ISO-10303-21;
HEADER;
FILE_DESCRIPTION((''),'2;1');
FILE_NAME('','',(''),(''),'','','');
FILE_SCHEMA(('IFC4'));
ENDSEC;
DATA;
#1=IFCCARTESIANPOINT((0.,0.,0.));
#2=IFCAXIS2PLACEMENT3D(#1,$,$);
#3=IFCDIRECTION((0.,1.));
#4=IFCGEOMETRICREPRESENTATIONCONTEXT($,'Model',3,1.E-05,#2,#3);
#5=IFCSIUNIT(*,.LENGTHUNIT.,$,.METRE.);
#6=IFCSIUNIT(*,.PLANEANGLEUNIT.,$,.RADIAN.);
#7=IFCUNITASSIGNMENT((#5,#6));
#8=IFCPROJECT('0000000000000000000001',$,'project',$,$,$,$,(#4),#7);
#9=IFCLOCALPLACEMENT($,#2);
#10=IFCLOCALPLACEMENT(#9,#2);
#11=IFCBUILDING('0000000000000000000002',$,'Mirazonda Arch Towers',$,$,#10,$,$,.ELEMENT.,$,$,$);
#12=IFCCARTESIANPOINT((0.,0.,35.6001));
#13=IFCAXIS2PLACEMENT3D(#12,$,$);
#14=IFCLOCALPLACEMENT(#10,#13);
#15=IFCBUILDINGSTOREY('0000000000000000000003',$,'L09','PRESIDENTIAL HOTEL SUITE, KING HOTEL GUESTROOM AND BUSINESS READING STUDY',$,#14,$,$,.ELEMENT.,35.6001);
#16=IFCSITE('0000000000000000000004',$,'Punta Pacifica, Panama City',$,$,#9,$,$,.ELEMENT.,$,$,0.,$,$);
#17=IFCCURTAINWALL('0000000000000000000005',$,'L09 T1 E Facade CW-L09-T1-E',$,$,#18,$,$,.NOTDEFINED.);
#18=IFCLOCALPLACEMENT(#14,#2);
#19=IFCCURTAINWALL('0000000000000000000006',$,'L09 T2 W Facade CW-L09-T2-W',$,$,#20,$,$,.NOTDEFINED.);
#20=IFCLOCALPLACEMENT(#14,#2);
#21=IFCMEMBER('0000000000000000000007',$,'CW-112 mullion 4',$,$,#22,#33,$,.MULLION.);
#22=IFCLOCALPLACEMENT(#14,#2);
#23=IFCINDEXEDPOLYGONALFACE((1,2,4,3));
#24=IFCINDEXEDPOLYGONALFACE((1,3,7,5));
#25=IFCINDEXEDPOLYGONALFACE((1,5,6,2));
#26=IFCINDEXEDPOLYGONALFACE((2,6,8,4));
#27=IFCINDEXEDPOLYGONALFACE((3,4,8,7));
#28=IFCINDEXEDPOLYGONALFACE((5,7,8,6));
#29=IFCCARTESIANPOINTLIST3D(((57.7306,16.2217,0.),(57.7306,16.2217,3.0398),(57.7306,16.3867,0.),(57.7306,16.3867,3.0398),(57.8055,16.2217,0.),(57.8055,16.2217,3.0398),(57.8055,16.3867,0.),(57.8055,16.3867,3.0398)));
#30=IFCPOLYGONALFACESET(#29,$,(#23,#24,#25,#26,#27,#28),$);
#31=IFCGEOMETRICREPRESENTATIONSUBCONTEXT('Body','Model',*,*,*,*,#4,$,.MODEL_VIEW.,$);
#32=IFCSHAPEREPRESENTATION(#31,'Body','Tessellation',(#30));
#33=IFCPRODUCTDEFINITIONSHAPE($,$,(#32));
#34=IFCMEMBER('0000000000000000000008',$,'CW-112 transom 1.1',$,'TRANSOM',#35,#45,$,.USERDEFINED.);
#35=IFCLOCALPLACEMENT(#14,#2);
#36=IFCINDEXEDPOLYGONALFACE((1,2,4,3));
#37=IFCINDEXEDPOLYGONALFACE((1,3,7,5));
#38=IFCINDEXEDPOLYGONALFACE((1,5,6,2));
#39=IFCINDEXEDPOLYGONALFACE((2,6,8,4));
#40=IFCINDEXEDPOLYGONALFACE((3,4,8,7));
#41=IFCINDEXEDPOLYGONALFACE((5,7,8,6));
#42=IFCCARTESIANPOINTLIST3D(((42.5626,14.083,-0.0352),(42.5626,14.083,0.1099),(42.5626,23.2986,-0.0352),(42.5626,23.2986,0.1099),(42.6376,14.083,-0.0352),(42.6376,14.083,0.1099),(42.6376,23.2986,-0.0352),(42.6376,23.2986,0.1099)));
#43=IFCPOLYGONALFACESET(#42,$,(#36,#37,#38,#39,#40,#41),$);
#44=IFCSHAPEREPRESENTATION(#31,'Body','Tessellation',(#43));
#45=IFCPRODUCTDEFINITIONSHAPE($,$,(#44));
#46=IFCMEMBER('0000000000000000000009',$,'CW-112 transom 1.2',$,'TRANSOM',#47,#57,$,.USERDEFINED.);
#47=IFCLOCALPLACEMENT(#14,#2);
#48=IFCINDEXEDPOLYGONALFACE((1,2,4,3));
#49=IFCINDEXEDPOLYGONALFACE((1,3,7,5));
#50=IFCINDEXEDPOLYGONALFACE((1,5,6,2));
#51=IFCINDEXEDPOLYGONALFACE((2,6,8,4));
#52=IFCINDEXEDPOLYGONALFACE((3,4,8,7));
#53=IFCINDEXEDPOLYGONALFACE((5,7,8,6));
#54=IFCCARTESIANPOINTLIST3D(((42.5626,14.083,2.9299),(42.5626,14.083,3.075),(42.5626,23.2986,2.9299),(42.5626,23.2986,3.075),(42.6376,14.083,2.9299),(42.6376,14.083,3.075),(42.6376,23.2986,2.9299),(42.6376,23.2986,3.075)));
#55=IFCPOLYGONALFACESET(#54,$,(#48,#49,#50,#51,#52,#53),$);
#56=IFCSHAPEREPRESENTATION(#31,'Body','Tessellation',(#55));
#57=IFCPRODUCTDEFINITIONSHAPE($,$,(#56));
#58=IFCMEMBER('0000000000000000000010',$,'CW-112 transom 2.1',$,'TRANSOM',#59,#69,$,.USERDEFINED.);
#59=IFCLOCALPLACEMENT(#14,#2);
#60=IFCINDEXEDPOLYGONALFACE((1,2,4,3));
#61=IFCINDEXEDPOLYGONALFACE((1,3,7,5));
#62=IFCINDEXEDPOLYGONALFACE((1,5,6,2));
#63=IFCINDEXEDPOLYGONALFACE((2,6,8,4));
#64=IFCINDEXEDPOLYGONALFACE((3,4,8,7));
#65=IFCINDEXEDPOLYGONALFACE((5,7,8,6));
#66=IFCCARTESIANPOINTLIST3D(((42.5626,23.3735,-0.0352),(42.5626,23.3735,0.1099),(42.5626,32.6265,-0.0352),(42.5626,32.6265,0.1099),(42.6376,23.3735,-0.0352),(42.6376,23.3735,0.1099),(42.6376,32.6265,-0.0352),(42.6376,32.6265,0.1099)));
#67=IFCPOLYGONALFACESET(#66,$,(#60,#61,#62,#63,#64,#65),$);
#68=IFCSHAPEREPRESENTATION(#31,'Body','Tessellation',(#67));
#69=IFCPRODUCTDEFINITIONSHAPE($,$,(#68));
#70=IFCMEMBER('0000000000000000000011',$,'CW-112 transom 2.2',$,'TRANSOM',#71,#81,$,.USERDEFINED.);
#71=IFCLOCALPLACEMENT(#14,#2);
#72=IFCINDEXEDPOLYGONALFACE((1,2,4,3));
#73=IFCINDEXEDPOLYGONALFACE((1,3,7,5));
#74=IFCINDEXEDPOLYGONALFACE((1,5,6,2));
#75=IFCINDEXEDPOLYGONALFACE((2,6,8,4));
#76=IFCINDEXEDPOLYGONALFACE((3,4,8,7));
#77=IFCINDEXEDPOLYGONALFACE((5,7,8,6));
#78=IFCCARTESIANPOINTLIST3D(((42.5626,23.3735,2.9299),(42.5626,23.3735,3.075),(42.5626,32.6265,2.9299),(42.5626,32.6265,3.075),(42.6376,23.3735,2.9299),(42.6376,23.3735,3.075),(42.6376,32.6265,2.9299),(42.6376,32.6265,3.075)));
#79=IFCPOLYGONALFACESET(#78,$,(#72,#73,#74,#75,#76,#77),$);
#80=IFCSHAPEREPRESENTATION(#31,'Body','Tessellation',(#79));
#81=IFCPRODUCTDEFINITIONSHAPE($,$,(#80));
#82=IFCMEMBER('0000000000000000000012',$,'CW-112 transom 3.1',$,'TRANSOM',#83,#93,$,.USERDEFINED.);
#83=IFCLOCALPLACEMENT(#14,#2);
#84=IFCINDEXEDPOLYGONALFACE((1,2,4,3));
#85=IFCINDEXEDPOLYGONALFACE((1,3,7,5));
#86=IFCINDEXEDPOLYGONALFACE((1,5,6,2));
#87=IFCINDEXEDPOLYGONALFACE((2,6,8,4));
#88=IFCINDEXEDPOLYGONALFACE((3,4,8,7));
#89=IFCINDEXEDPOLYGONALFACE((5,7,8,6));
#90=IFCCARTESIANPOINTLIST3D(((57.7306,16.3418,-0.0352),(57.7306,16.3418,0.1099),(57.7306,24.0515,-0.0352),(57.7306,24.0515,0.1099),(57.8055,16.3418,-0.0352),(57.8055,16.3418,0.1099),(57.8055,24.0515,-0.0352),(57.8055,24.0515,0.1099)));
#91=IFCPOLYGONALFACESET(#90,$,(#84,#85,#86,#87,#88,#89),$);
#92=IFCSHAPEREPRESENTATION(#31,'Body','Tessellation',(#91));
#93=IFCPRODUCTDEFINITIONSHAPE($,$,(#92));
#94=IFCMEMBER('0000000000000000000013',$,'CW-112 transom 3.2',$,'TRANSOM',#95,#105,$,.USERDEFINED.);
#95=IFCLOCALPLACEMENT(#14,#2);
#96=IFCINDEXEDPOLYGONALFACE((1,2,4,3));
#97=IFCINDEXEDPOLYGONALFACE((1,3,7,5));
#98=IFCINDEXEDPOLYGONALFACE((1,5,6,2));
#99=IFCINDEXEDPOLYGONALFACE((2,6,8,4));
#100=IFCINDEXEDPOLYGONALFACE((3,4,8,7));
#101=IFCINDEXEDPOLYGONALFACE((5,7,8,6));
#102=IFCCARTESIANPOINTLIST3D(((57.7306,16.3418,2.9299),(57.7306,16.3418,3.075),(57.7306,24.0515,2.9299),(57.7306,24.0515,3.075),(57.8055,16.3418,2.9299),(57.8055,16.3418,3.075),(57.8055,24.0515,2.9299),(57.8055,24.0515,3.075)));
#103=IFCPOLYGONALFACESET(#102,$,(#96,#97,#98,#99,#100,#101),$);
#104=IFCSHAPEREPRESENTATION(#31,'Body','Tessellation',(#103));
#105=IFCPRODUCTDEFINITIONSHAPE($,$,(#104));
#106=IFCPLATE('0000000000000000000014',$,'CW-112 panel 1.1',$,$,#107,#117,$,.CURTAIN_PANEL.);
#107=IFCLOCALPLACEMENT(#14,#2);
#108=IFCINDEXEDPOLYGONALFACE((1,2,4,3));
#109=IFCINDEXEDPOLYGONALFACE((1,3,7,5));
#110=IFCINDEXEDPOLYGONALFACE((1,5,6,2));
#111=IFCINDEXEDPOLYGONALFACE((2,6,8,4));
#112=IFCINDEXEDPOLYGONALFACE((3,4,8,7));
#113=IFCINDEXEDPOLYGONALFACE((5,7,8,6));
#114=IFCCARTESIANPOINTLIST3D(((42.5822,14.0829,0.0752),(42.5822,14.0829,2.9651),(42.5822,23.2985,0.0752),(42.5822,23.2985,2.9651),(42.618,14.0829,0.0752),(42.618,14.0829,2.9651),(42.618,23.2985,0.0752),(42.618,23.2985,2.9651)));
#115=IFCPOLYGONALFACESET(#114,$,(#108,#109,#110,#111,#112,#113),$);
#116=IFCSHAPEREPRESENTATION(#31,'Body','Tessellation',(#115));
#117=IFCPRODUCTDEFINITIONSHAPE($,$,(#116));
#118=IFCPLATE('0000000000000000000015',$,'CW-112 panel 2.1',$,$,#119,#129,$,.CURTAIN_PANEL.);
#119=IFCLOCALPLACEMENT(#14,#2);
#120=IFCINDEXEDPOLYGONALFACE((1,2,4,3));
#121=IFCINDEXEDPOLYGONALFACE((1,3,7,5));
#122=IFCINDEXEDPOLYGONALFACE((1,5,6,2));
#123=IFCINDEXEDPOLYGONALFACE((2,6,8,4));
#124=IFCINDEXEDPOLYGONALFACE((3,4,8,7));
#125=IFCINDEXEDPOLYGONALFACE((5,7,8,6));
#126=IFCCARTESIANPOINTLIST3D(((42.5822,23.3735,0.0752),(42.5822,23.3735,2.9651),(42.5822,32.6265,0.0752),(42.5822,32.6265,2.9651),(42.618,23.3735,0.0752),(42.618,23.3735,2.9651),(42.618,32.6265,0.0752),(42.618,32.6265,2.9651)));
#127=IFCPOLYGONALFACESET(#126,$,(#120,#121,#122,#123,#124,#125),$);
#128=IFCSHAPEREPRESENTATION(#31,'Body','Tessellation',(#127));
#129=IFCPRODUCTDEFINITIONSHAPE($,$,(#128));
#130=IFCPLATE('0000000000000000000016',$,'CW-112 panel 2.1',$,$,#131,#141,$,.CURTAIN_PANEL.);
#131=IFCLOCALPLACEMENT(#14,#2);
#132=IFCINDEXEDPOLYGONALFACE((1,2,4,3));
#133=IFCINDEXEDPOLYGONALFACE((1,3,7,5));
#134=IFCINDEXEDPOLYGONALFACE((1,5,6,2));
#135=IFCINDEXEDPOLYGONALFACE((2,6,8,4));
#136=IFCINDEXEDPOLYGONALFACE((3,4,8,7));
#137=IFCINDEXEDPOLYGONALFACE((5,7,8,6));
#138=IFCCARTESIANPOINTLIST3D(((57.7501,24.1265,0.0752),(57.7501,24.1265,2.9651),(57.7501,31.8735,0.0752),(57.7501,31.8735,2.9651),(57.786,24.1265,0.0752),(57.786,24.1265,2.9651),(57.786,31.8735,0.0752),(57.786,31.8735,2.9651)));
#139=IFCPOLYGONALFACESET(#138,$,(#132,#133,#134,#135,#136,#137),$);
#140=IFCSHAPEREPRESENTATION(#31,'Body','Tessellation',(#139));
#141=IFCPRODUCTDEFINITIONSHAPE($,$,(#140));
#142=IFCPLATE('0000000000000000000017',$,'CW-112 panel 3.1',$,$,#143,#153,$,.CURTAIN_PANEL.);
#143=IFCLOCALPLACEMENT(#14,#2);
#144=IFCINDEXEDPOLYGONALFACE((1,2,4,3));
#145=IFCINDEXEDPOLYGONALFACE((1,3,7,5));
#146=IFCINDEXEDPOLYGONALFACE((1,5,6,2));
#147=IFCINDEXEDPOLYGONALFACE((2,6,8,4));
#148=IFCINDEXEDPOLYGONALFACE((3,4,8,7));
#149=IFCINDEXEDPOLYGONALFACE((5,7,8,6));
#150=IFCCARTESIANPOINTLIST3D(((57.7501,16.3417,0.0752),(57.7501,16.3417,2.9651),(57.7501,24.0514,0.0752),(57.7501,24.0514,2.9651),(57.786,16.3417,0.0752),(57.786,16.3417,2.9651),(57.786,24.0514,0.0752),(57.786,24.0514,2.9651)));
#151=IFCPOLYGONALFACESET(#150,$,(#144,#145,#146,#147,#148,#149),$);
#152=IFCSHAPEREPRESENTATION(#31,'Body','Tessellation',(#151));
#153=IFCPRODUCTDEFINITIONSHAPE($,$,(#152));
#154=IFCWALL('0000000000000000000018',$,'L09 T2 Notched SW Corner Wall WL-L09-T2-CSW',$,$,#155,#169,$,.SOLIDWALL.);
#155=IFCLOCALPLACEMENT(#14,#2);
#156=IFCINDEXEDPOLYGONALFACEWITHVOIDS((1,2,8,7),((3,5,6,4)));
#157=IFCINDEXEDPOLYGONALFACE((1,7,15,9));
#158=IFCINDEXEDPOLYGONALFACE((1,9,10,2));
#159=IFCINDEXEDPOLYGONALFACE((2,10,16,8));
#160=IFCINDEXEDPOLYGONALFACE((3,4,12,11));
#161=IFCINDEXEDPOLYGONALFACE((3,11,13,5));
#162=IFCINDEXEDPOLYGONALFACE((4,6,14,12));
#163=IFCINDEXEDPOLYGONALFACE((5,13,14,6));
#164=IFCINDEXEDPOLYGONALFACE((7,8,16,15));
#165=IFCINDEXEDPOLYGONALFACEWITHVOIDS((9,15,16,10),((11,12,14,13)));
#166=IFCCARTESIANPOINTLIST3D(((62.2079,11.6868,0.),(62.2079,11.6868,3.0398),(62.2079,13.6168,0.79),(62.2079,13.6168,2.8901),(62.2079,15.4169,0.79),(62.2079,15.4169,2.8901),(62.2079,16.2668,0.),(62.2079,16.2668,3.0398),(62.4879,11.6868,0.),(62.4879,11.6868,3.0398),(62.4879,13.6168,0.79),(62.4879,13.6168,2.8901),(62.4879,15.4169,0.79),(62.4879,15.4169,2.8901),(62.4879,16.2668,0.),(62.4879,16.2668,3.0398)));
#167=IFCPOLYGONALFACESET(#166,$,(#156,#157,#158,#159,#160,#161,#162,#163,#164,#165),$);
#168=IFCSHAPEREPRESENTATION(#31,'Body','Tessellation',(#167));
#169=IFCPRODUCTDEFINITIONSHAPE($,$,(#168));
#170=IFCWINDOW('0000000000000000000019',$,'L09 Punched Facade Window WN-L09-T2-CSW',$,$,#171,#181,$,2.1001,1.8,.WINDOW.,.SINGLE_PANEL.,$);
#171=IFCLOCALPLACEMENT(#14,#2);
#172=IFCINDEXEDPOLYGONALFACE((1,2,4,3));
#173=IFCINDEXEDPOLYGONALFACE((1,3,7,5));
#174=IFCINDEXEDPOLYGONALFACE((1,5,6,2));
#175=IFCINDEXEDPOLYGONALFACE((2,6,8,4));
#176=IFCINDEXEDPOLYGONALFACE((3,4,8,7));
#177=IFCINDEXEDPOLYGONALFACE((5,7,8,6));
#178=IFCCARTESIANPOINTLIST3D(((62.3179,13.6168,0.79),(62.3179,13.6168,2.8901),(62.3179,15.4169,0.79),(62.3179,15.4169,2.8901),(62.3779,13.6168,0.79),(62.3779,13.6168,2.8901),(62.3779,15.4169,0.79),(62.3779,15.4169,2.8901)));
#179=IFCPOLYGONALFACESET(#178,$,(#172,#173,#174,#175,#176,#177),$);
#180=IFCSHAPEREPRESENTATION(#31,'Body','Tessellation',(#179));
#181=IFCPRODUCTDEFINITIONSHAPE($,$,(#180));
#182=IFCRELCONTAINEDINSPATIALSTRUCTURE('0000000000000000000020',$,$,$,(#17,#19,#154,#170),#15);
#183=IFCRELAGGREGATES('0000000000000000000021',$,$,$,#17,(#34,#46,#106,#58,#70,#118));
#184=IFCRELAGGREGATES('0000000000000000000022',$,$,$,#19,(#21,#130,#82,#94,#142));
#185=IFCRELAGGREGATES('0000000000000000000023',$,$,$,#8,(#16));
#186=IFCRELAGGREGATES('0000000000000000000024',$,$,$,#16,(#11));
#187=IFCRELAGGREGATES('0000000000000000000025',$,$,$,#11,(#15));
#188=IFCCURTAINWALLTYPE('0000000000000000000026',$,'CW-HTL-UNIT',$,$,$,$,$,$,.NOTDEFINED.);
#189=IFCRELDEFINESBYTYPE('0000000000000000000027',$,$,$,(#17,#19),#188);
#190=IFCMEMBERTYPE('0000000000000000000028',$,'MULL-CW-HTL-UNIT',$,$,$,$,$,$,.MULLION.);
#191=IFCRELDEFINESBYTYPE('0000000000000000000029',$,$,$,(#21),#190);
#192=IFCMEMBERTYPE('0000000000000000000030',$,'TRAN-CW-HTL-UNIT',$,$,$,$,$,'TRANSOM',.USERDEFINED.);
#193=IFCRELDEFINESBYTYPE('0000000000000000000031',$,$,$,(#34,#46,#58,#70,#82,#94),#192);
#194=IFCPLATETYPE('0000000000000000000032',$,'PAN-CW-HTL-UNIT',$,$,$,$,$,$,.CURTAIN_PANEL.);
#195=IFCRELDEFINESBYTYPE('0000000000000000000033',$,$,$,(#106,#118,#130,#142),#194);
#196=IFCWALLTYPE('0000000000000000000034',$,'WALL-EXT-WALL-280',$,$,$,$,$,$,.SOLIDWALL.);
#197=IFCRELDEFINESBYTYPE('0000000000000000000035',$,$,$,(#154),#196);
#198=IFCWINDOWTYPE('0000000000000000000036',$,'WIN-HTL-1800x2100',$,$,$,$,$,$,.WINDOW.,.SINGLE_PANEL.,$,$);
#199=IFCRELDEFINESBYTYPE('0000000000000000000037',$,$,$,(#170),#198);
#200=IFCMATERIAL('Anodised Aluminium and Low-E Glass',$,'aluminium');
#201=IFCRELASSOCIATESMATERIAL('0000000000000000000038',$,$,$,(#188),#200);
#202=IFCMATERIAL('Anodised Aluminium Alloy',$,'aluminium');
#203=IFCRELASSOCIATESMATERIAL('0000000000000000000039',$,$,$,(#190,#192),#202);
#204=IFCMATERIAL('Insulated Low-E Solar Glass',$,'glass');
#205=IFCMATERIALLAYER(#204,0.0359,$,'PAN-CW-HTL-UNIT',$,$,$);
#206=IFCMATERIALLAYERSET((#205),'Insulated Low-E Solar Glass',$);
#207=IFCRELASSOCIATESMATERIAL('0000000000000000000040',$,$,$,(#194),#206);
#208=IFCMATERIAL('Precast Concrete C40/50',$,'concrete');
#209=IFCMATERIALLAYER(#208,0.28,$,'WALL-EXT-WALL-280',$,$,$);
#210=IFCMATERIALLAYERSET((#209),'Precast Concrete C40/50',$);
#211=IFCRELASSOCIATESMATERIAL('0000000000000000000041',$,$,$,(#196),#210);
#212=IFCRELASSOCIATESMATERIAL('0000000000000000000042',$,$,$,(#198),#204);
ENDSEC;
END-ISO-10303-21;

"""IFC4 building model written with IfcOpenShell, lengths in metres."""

from ifc_helpers import new_model, si_unit, direction, frame, frame_2d, origin, origin_2d, place, context, subcontext, project, spatial, rectangle, extrude, material, layer, layer_set, material_profile, profile_set, type_object, element, fill, aggregate, save


model = new_model("IFC4")

# Units and contexts
model_context = context("Model", 3, precision=1e-05, world=origin(), true_north=direction((0.0, 1.0)))
body_context = subcontext(model_context, "Body", "Model", "MODEL_VIEW")
ifc_project = project(units=[si_unit("LENGTHUNIT", "METRE"), si_unit("PLANEANGLEUNIT", "RADIAN")], contexts=[model_context])

# Site, building, storey
site_placement = place(None, origin())
site = spatial("IfcSite", under=ifc_project, at=site_placement, Name="Punta Pacifica, Panama City", CompositionType="ELEMENT", RefElevation=0.0)
building_placement = place(site_placement, origin())
building = spatial("IfcBuilding", under=site, at=building_placement, Name="Mirazonda Arch Towers", CompositionType="ELEMENT")
storey_placement = place(building_placement, frame((0.0, 0.0, 35.6001)))
storey = spatial("IfcBuildingStorey", under=building, at=storey_placement, Name="L09", Description="PRESIDENTIAL HOTEL SUITE, KING HOTEL GUESTROOM AND BUSINESS READING STUDY", CompositionType="ELEMENT", Elevation=35.6001)

# Curtain wall
ifc_material_1 = material(Name="Anodised Aluminium and Low-E Glass", Category="aluminium")
curtain_wall_type = type_object("IfcCurtainWallType", Name="CW-HTL-UNIT", PredefinedType="NOTDEFINED", material=ifc_material_1)
curtain_wall_1_placement = place(storey_placement, origin())
curtain_wall_1 = element("IfcCurtainWall", 1, at=curtain_wall_1_placement, inside=storey, type_object=curtain_wall_type, Name="L09 T1 E Facade CW-L09-T1-E", PredefinedType="NOTDEFINED")
ifc_material_2 = material(Name="Anodised Aluminium Alloy", Category="aluminium")
ifc_material_profile_1 = material_profile(ifc_material_2, rectangle(XDim=0.075, YDim=0.165, at=origin_2d()), Name="ALU-MULL-75x165")
ifc_profile_set_1 = profile_set([ifc_material_profile_1], Name="Anodised Aluminium Alloy")
member_type_1 = type_object("IfcMemberType", Name="MULL-CW-HTL-UNIT", PredefinedType="MULLION", material=ifc_profile_set_1)

# Curtain wall, member
curtain_wall_2_placement = place(storey_placement, origin())
curtain_wall_2 = element("IfcCurtainWall", 2, at=curtain_wall_2_placement, inside=storey, type_object=curtain_wall_type, Name="L09 T2 W Facade CW-L09-T2-W", PredefinedType="NOTDEFINED")
member_1_placement = place(storey_placement, frame((57.7681, 16.3042, 0.0), z_axis=(0.0, 0.0, 1.0), x_axis=(1.0, 0.0, 0.0)))
member_1 = element("IfcMember", 3, at=member_1_placement, type_object=member_type_1, Name="CW-112 mullion 4", PredefinedType="MULLION", context=body_context, shape_type="SweptSolid", body=[
    extrude(rectangle(XDim=0.075, YDim=0.165, at=origin_2d()), origin(), (0.0, 0.0, 1.0), 3.0398),
])

# Members
ifc_material_profile_2 = material_profile(ifc_material_2, rectangle(XDim=0.075, YDim=0.145, at=origin_2d()), Name="ALU-TRAN-75x145")
ifc_profile_set_2 = profile_set([ifc_material_profile_2], Name="Anodised Aluminium Alloy")
member_type_2 = type_object("IfcMemberType", Name="TRAN-CW-HTL-UNIT", ElementType="TRANSOM", PredefinedType="USERDEFINED", material=ifc_profile_set_2)
member_2_placement = place(storey_placement, frame((42.6001, 14.083, 0.0374), z_axis=(0.0, 1.0, 0.0), x_axis=(-1.0, 0.0, 0.0)))
member_2 = element("IfcMember", 4, at=member_2_placement, type_object=member_type_2, Name="CW-112 transom 1.1", ObjectType="TRANSOM", PredefinedType="USERDEFINED", context=body_context, shape_type="SweptSolid", body=[
    extrude(rectangle(XDim=0.075, YDim=0.145, at=origin_2d()), origin(), (0.0, 0.0, 1.0), 9.2156),
])
member_3_placement = place(storey_placement, frame((42.6001, 14.083, 3.0024), z_axis=(0.0, 1.0, 0.0), x_axis=(-1.0, 0.0, 0.0)))
member_3 = element("IfcMember", 5, at=member_3_placement, type_object=member_type_2, Name="CW-112 transom 1.2", ObjectType="TRANSOM", PredefinedType="USERDEFINED", context=body_context, shape_type="SweptSolid", body=[
    extrude(rectangle(XDim=0.075, YDim=0.145, at=origin_2d()), origin(), (0.0, 0.0, 1.0), 9.2156),
])
member_4_placement = place(storey_placement, frame((42.6001, 23.3735, 0.0374), z_axis=(0.0, 1.0, 0.0), x_axis=(-1.0, 0.0, 0.0)))
member_4 = element("IfcMember", 6, at=member_4_placement, type_object=member_type_2, Name="CW-112 transom 2.1", ObjectType="TRANSOM", PredefinedType="USERDEFINED", context=body_context, shape_type="SweptSolid", body=[
    extrude(rectangle(XDim=0.075, YDim=0.145, at=origin_2d()), origin(), (0.0, 0.0, 1.0), 9.2529),
])
member_5_placement = place(storey_placement, frame((42.6001, 23.3735, 3.0024), z_axis=(0.0, 1.0, 0.0), x_axis=(-1.0, 0.0, 0.0)))
member_5 = element("IfcMember", 7, at=member_5_placement, type_object=member_type_2, Name="CW-112 transom 2.2", ObjectType="TRANSOM", PredefinedType="USERDEFINED", context=body_context, shape_type="SweptSolid", body=[
    extrude(rectangle(XDim=0.075, YDim=0.145, at=origin_2d()), origin(), (0.0, 0.0, 1.0), 9.2529),
])
member_6_placement = place(storey_placement, frame((57.7681, 24.0515, 0.0374), z_axis=(0.0, -1.0, 0.0), x_axis=(1.0, 0.0, 0.0)))
member_6 = element("IfcMember", 8, at=member_6_placement, type_object=member_type_2, Name="CW-112 transom 3.1", ObjectType="TRANSOM", PredefinedType="USERDEFINED", context=body_context, shape_type="SweptSolid", body=[
    extrude(rectangle(XDim=0.075, YDim=0.145, at=origin_2d()), origin(), (0.0, 0.0, 1.0), 7.7097),
])
member_7_placement = place(storey_placement, frame((57.7681, 24.0515, 3.0024), z_axis=(0.0, -1.0, 0.0), x_axis=(1.0, 0.0, 0.0)))
member_7 = element("IfcMember", 9, at=member_7_placement, type_object=member_type_2, Name="CW-112 transom 3.2", ObjectType="TRANSOM", PredefinedType="USERDEFINED", context=body_context, shape_type="SweptSolid", body=[
    extrude(rectangle(XDim=0.075, YDim=0.145, at=origin_2d()), origin(), (0.0, 0.0, 1.0), 7.7097),
])

# Plates
ifc_material_3 = material(Name="Insulated Low-E Solar Glass", Category="glass")
ifc_layer_1 = layer(ifc_material_3, 0.0359, Name="PAN-CW-HTL-UNIT")
ifc_layer_set_1 = layer_set([ifc_layer_1], Name="Insulated Low-E Solar Glass")
plate_type = type_object("IfcPlateType", Name="PAN-CW-HTL-UNIT", PredefinedType="CURTAIN_PANEL", material=ifc_layer_set_1)
plate_1_placement = place(storey_placement, frame((42.6001, 18.6907, 0.0752), z_axis=(0.0, 0.0, 1.0), x_axis=(0.0, 1.0, 0.0)))
plate_1 = element("IfcPlate", 10, at=plate_1_placement, type_object=plate_type, Name="CW-112 panel 1.1", PredefinedType="CURTAIN_PANEL", context=body_context, shape_type="SweptSolid", body=[
    extrude(rectangle(XDim=9.2156, YDim=0.0359, at=origin_2d()), origin(), (0.0, 0.0, 1.0), 2.8899),
])
plate_2_placement = place(storey_placement, frame((42.6001, 28.0, 0.0752), z_axis=(0.0, 0.0, 1.0), x_axis=(0.0, 1.0, 0.0)))
plate_2 = element("IfcPlate", 11, at=plate_2_placement, type_object=plate_type, Name="CW-112 panel 2.1", PredefinedType="CURTAIN_PANEL", context=body_context, shape_type="SweptSolid", body=[
    extrude(rectangle(XDim=9.2529, YDim=0.0359, at=origin_2d()), origin(), (0.0, 0.0, 1.0), 2.8899),
])
aggregate(curtain_wall_1, [member_2, member_3, plate_1, member_4, member_5, plate_2])
plate_3_placement = place(storey_placement, frame((57.7681, 28.0, 0.0752), z_axis=(0.0, 0.0, 1.0), x_axis=(0.0, -1.0, 0.0)))
plate_3 = element("IfcPlate", 12, at=plate_3_placement, type_object=plate_type, Name="CW-112 panel 2.1", PredefinedType="CURTAIN_PANEL", context=body_context, shape_type="SweptSolid", body=[
    extrude(rectangle(XDim=7.7471, YDim=0.0359, at=origin_2d()), origin(), (0.0, 0.0, 1.0), 2.8899),
])
plate_4_placement = place(storey_placement, frame((57.7681, 20.1965, 0.0752), z_axis=(0.0, 0.0, 1.0), x_axis=(0.0, -1.0, 0.0)))
plate_4 = element("IfcPlate", 13, at=plate_4_placement, type_object=plate_type, Name="CW-112 panel 3.1", PredefinedType="CURTAIN_PANEL", context=body_context, shape_type="SweptSolid", body=[
    extrude(rectangle(XDim=7.7097, YDim=0.0359, at=origin_2d()), origin(), (0.0, 0.0, 1.0), 2.8899),
])
aggregate(curtain_wall_2, [member_1, plate_3, member_6, member_7, plate_4])

# Wall, opening, window
ifc_material_4 = material(Name="Precast Concrete C40/50", Category="concrete")
ifc_layer_2 = layer(ifc_material_4, 0.28, Name="WALL-EXT-WALL-280")
ifc_layer_set_2 = layer_set([ifc_layer_2], Name="Precast Concrete C40/50")
wall_type_1 = type_object("IfcWallType", Name="WALL-EXT-WALL-280", PredefinedType="SOLIDWALL", material=ifc_layer_set_2)
wall_1_placement = place(storey_placement, frame((62.3479, 16.2668, 0.0), z_axis=(0.0, 0.0, 1.0), x_axis=(0.0, -1.0, 0.0)))
wall_1 = element("IfcWall", 14, at=wall_1_placement, inside=storey, type_object=wall_type_1, Name="L09 T2 Notched SW Corner Wall WL-L09-T2-CSW", PredefinedType="SOLIDWALL", context=body_context, shape_type="SweptSolid", body=[
    extrude(rectangle(XDim=4.5801, YDim=0.28, at=frame_2d((2.29, 0.0))), origin(), (0.0, 0.0, 1.0), 3.0398),
])
opening_1_placement = place(wall_1_placement, frame((0.8501, 0.0, 0.79)))
opening_1 = element("IfcOpeningElement", 15, at=opening_1_placement, cuts=wall_1, PredefinedType="OPENING", context=body_context, shape_type="SweptSolid", body=[
    extrude(rectangle(XDim=1.8, YDim=2.1001, at=frame_2d((0.8999, 1.05))), frame((0.0, 0.1499, 0.0), z_axis=(0.0, -1.0, 0.0), x_axis=(1.0, 0.0, 0.0)), (0.0, 0.0, 1.0), 0.3),
])
window_type_1 = type_object("IfcWindowType", Name="WIN-HTL-1800x2100", PartitioningType="SINGLE_PANEL", PredefinedType="WINDOW", material=ifc_material_3)
window_1_placement = place(opening_1_placement, origin())
window_1 = element("IfcWindow", 16, at=window_1_placement, inside=storey, type_object=window_type_1, Name="L09 Punched Facade Window WN-L09-T2-CSW", OverallHeight=2.1001, OverallWidth=1.8, PartitioningType="SINGLE_PANEL", PredefinedType="WINDOW", context=body_context, shape_type="SweptSolid", body=[
    extrude(rectangle(XDim=1.8, YDim=2.1001, at=frame_2d((0.8999, 1.05))), frame((0.0, 0.03, 0.0), z_axis=(0.0, -1.0, 0.0), x_axis=(1.0, 0.0, 0.0)), (0.0, 0.0, 1.0), 0.0601),
])
fill(opening_1, window_1)

save(model, "model.ifc")
